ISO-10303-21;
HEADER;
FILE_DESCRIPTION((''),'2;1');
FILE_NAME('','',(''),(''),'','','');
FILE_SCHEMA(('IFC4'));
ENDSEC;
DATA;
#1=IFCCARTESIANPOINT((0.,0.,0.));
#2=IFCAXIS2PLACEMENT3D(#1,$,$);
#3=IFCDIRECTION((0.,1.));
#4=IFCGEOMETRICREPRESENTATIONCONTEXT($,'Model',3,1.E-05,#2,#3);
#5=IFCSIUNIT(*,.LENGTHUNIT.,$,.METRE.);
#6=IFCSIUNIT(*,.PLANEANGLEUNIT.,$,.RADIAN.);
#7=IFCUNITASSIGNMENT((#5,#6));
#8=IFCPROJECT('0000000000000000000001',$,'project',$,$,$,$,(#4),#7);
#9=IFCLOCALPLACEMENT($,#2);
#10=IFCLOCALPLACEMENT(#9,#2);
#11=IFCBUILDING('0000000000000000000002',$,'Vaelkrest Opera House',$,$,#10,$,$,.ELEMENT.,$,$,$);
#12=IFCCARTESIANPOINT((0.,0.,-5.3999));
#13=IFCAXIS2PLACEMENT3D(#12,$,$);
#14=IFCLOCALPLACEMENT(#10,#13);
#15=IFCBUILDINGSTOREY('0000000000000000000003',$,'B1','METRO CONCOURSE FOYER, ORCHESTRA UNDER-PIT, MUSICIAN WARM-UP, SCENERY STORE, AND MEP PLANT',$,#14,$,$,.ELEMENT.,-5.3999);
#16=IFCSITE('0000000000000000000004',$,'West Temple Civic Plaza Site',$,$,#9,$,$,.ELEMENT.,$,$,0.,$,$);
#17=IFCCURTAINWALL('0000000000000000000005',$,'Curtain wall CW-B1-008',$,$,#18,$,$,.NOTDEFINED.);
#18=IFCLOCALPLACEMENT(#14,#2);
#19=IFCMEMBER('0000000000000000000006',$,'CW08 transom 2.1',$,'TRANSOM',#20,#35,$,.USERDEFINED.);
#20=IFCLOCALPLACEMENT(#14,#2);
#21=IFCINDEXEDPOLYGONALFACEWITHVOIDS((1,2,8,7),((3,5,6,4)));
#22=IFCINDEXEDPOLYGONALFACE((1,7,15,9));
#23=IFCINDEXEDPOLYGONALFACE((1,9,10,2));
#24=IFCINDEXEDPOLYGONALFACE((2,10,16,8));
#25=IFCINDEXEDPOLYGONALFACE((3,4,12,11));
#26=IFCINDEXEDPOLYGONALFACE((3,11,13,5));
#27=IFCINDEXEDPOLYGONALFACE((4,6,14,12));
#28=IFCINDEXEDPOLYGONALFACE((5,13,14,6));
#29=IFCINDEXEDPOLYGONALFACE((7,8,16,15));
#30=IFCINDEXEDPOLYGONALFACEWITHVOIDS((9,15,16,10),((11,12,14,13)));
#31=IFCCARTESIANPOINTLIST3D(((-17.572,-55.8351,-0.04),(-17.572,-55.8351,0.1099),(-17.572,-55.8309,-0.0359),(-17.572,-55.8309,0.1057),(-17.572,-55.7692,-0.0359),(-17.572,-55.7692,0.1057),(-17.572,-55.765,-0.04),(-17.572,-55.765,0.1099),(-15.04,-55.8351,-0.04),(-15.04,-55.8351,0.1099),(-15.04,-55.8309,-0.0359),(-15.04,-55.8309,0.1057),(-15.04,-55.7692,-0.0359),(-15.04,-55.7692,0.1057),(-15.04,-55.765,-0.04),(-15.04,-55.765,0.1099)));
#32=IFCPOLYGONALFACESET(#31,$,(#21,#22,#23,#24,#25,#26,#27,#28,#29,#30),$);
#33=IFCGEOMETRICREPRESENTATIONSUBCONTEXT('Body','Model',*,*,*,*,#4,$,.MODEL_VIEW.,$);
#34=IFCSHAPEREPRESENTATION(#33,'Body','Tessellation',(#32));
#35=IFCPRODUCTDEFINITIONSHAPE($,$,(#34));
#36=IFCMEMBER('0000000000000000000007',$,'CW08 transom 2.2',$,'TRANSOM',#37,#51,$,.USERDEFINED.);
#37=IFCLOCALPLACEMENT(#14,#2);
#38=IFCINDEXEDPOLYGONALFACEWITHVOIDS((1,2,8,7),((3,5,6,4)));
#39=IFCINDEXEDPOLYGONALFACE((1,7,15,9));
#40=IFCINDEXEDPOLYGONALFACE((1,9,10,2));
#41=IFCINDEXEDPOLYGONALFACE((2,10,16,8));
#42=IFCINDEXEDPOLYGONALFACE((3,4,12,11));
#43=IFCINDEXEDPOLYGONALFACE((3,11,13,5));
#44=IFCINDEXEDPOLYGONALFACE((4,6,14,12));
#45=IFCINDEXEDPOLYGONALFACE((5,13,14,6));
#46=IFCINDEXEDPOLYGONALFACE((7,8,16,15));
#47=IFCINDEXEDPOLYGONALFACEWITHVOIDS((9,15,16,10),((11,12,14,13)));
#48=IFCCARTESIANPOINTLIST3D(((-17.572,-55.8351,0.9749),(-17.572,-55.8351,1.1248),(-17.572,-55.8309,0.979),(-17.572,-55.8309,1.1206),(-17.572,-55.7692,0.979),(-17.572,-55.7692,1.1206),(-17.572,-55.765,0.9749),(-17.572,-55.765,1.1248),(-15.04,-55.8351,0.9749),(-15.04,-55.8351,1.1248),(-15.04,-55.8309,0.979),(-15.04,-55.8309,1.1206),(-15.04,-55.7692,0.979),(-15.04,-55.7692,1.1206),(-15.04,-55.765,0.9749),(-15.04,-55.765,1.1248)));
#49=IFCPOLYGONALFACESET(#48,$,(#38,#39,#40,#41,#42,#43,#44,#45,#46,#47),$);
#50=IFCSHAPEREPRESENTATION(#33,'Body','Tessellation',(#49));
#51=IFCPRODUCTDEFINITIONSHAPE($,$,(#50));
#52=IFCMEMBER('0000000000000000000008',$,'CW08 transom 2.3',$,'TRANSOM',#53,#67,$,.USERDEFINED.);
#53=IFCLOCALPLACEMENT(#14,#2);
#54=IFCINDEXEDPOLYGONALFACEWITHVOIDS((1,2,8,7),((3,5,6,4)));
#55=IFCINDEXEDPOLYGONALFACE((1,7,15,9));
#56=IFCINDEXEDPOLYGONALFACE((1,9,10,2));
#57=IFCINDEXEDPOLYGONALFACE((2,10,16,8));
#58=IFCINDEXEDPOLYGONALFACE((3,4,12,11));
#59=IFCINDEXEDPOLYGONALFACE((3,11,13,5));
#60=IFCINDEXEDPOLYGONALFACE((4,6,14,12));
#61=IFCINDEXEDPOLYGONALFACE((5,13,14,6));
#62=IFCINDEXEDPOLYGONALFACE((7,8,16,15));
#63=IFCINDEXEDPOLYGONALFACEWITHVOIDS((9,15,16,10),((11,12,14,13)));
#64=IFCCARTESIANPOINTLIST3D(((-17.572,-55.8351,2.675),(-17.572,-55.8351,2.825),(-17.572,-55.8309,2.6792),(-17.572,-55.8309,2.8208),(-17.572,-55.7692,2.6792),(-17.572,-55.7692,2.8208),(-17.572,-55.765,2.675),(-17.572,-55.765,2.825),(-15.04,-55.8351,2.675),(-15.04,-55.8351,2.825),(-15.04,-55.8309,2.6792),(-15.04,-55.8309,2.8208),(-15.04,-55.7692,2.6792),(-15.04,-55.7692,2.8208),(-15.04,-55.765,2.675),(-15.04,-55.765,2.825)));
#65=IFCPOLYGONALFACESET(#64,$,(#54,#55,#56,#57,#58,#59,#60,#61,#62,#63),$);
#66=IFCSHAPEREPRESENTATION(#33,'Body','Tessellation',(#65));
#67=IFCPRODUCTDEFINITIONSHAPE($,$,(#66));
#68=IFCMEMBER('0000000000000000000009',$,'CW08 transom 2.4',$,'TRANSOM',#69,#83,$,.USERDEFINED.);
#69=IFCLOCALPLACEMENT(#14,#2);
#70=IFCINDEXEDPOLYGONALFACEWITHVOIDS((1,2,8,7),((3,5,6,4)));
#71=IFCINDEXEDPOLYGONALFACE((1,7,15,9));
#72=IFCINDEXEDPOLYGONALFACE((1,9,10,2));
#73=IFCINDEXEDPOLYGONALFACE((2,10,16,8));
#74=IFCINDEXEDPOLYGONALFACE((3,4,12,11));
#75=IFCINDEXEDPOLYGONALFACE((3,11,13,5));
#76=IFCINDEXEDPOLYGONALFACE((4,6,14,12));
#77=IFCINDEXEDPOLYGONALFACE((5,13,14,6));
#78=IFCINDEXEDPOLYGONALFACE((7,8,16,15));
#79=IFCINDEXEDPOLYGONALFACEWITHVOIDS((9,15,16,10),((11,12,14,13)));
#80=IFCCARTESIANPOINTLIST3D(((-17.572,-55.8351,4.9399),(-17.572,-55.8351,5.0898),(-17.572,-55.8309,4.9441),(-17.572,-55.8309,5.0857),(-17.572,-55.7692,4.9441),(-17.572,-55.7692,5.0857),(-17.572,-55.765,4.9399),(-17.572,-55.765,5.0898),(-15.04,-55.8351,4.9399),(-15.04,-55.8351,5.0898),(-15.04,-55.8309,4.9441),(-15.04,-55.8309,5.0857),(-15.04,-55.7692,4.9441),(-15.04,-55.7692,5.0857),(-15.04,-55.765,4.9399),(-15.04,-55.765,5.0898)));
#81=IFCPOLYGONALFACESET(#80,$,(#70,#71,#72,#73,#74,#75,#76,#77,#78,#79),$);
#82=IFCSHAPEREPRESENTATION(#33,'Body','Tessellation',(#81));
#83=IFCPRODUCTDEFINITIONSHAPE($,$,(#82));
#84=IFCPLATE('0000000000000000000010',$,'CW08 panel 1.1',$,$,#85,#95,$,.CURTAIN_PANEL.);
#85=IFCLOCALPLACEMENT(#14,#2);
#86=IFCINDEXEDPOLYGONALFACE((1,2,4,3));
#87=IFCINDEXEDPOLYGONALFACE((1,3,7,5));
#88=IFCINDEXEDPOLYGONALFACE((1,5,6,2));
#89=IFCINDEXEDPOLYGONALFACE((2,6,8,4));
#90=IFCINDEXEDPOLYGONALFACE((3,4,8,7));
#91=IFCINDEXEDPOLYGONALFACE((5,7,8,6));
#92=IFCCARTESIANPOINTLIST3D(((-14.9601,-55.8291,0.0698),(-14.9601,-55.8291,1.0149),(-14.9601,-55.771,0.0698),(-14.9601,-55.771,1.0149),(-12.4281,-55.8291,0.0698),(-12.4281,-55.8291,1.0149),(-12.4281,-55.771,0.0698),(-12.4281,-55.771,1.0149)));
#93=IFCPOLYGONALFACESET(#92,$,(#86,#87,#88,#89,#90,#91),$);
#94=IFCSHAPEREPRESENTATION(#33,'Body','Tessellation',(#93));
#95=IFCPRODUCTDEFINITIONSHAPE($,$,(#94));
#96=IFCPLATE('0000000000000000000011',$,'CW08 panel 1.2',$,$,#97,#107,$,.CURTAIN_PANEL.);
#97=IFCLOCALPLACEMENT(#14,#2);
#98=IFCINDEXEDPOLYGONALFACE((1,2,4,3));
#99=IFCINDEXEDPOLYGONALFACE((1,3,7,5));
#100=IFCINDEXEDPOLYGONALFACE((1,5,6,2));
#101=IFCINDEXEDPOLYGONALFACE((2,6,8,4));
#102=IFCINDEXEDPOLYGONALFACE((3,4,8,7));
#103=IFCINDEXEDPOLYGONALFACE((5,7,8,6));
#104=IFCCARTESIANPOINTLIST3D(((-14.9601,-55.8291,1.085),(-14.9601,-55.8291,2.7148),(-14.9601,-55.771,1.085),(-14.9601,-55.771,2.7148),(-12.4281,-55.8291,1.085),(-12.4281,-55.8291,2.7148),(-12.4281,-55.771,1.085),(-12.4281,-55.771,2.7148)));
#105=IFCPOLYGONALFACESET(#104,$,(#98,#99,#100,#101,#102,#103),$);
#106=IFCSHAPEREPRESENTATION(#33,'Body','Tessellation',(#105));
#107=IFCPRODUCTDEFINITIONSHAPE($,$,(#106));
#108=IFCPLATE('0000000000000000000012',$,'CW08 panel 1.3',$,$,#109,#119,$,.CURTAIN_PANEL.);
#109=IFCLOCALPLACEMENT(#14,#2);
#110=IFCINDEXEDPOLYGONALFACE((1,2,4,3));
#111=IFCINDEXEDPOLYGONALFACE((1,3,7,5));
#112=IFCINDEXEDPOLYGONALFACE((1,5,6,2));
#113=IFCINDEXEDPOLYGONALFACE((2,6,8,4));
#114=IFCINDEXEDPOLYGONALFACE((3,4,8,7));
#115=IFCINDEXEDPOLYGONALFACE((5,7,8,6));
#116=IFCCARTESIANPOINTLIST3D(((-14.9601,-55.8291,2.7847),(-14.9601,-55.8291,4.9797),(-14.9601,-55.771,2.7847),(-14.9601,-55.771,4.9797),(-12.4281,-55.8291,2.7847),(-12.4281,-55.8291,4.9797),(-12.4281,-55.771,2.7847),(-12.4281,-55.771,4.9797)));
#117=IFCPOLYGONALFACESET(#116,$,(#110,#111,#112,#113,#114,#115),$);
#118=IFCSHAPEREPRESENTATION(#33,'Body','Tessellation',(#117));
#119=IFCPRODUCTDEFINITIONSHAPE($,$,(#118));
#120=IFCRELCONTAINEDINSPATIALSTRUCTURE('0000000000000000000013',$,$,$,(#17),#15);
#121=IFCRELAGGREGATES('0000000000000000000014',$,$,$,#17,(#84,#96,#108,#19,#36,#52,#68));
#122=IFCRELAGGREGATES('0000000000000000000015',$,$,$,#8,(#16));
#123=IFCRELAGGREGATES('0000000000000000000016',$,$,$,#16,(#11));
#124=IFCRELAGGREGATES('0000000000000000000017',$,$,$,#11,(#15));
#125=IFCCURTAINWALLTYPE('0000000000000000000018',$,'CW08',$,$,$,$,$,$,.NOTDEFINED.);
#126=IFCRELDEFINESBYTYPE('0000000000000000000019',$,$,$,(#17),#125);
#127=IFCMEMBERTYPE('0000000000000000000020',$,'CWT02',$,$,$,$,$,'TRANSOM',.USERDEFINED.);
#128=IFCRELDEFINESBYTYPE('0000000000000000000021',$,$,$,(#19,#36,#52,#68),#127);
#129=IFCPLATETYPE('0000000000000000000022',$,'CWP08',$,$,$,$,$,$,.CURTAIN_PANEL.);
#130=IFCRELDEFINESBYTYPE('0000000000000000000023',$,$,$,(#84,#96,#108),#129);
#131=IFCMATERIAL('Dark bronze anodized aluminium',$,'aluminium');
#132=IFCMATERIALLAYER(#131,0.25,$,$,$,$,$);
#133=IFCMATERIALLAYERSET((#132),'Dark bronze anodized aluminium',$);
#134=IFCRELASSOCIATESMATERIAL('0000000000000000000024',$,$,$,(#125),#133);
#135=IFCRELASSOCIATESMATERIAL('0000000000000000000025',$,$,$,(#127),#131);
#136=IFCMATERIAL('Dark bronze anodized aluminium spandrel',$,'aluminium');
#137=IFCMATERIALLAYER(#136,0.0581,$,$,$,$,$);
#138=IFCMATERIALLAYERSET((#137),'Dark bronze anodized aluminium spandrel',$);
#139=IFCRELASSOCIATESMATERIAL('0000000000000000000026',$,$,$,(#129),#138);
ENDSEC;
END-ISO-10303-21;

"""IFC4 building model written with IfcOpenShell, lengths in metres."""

from ifc_helpers import new_model, si_unit, direction, frame, origin, origin_2d, place, context, subcontext, project, spatial, rectangle, hollow_rectangle, extrude, material, layer, layer_set, material_profile, profile_set, type_object, element, aggregate, save


model = new_model("IFC4")

# Units and contexts
model_context = context("Model", 3, precision=1e-05, world=origin(), true_north=direction((0.0, 1.0)))
body_context = subcontext(model_context, "Body", "Model", "MODEL_VIEW")
ifc_project = project(units=[si_unit("LENGTHUNIT", "METRE"), si_unit("PLANEANGLEUNIT", "RADIAN")], contexts=[model_context])

# Site, building, storey
site_placement = place(None, origin())
site = spatial("IfcSite", under=ifc_project, at=site_placement, Name="West Temple Civic Plaza Site", CompositionType="ELEMENT", RefElevation=0.0)
building_placement = place(site_placement, origin())
building = spatial("IfcBuilding", under=site, at=building_placement, Name="Vaelkrest Opera House", CompositionType="ELEMENT")
storey_placement = place(building_placement, frame((0.0, 0.0, -5.3999)))
storey = spatial("IfcBuildingStorey", under=building, at=storey_placement, Name="B1", Description="METRO CONCOURSE FOYER, ORCHESTRA UNDER-PIT, MUSICIAN WARM-UP, SCENERY STORE, AND MEP PLANT", CompositionType="ELEMENT", Elevation=-5.3999)

# Curtain wall, members, plates
ifc_material_1 = material(Name="Dark bronze anodized aluminium", Category="aluminium")
ifc_layer_1 = layer(ifc_material_1, 0.25)
ifc_layer_set_1 = layer_set([ifc_layer_1], Name="Dark bronze anodized aluminium")
curtain_wall_type = type_object("IfcCurtainWallType", Name="CW08", PredefinedType="NOTDEFINED", material=ifc_layer_set_1)
curtain_wall_placement = place(storey_placement, origin())
curtain_wall = element("IfcCurtainWall", 1, at=curtain_wall_placement, inside=storey, type_object=curtain_wall_type, Name="Curtain wall CW-B1-008", PredefinedType="NOTDEFINED")
ifc_material_profile_1 = material_profile(ifc_material_1, hollow_rectangle(XDim=0.0701, YDim=0.1499, WallThickness=0.0042, at=origin_2d()), Name="CWT70X150")
ifc_profile_set_1 = profile_set([ifc_material_profile_1], Name="Dark bronze anodized aluminium")
member_type_1 = type_object("IfcMemberType", Name="CWT02", ElementType="TRANSOM", PredefinedType="USERDEFINED", material=ifc_profile_set_1)
member_1_placement = place(storey_placement, frame((-15.04, -55.8, 0.0349), z_axis=(-1.0, 0.0, 0.0), x_axis=(0.0, -1.0, 0.0)))
member_1 = element("IfcMember", 2, at=member_1_placement, type_object=member_type_1, Name="CW08 transom 2.1", ObjectType="TRANSOM", PredefinedType="USERDEFINED", context=body_context, shape_type="SweptSolid", body=[
    extrude(hollow_rectangle(XDim=0.0701, YDim=0.1499, WallThickness=0.0042, at=origin_2d()), origin(), (0.0, 0.0, 1.0), 2.532),
])
member_2_placement = place(storey_placement, frame((-15.04, -55.8, 1.0498), z_axis=(-1.0, 0.0, 0.0), x_axis=(0.0, -1.0, 0.0)))
member_2 = element("IfcMember", 3, at=member_2_placement, type_object=member_type_1, Name="CW08 transom 2.2", ObjectType="TRANSOM", PredefinedType="USERDEFINED", context=body_context, shape_type="SweptSolid", body=[
    extrude(hollow_rectangle(XDim=0.0701, YDim=0.1499, WallThickness=0.0042, at=origin_2d()), origin(), (0.0, 0.0, 1.0), 2.532),
])
member_3_placement = place(storey_placement, frame((-15.04, -55.8, 2.75), z_axis=(-1.0, 0.0, 0.0), x_axis=(0.0, -1.0, 0.0)))
member_3 = element("IfcMember", 4, at=member_3_placement, type_object=member_type_1, Name="CW08 transom 2.3", ObjectType="TRANSOM", PredefinedType="USERDEFINED", context=body_context, shape_type="SweptSolid", body=[
    extrude(hollow_rectangle(XDim=0.0701, YDim=0.1499, WallThickness=0.0042, at=origin_2d()), origin(), (0.0, 0.0, 1.0), 2.532),
])
member_4_placement = place(storey_placement, frame((-15.04, -55.8, 5.0149), z_axis=(-1.0, 0.0, 0.0), x_axis=(0.0, -1.0, 0.0)))
member_4 = element("IfcMember", 5, at=member_4_placement, type_object=member_type_1, Name="CW08 transom 2.4", ObjectType="TRANSOM", PredefinedType="USERDEFINED", context=body_context, shape_type="SweptSolid", body=[
    extrude(hollow_rectangle(XDim=0.0701, YDim=0.1499, WallThickness=0.0042, at=origin_2d()), origin(), (0.0, 0.0, 1.0), 2.532),
])
ifc_material_2 = material(Name="Dark bronze anodized aluminium spandrel", Category="aluminium")
ifc_layer_2 = layer(ifc_material_2, 0.0581)
ifc_layer_set_2 = layer_set([ifc_layer_2], Name="Dark bronze anodized aluminium spandrel")
plate_type = type_object("IfcPlateType", Name="CWP08", PredefinedType="CURTAIN_PANEL", material=ifc_layer_set_2)
plate_1_placement = place(storey_placement, frame((-13.6941, -55.8, 0.0698), z_axis=(0.0, 0.0, 1.0), x_axis=(-1.0, 0.0, 0.0)))
plate_1 = element("IfcPlate", 6, at=plate_1_placement, type_object=plate_type, Name="CW08 panel 1.1", PredefinedType="CURTAIN_PANEL", context=body_context, shape_type="SweptSolid", body=[
    extrude(rectangle(XDim=2.532, YDim=0.0581, at=origin_2d()), origin(), (0.0, 0.0, 1.0), 0.9451),
])
plate_2_placement = place(storey_placement, frame((-13.6941, -55.8, 1.085), z_axis=(0.0, 0.0, 1.0), x_axis=(-1.0, 0.0, 0.0)))
plate_2 = element("IfcPlate", 7, at=plate_2_placement, type_object=plate_type, Name="CW08 panel 1.2", PredefinedType="CURTAIN_PANEL", context=body_context, shape_type="SweptSolid", body=[
    extrude(rectangle(XDim=2.532, YDim=0.0581, at=origin_2d()), origin(), (0.0, 0.0, 1.0), 1.6299),
])
plate_3_placement = place(storey_placement, frame((-13.6941, -55.8, 2.7847), z_axis=(0.0, 0.0, 1.0), x_axis=(-1.0, 0.0, 0.0)))
plate_3 = element("IfcPlate", 8, at=plate_3_placement, type_object=plate_type, Name="CW08 panel 1.3", PredefinedType="CURTAIN_PANEL", context=body_context, shape_type="SweptSolid", body=[
    extrude(rectangle(XDim=2.532, YDim=0.0581, at=origin_2d()), origin(), (0.0, 0.0, 1.0), 2.1951),
])
aggregate(curtain_wall, [plate_1, plate_2, plate_3, member_1, member_2, member_3, member_4])

save(model, "model.ifc")
